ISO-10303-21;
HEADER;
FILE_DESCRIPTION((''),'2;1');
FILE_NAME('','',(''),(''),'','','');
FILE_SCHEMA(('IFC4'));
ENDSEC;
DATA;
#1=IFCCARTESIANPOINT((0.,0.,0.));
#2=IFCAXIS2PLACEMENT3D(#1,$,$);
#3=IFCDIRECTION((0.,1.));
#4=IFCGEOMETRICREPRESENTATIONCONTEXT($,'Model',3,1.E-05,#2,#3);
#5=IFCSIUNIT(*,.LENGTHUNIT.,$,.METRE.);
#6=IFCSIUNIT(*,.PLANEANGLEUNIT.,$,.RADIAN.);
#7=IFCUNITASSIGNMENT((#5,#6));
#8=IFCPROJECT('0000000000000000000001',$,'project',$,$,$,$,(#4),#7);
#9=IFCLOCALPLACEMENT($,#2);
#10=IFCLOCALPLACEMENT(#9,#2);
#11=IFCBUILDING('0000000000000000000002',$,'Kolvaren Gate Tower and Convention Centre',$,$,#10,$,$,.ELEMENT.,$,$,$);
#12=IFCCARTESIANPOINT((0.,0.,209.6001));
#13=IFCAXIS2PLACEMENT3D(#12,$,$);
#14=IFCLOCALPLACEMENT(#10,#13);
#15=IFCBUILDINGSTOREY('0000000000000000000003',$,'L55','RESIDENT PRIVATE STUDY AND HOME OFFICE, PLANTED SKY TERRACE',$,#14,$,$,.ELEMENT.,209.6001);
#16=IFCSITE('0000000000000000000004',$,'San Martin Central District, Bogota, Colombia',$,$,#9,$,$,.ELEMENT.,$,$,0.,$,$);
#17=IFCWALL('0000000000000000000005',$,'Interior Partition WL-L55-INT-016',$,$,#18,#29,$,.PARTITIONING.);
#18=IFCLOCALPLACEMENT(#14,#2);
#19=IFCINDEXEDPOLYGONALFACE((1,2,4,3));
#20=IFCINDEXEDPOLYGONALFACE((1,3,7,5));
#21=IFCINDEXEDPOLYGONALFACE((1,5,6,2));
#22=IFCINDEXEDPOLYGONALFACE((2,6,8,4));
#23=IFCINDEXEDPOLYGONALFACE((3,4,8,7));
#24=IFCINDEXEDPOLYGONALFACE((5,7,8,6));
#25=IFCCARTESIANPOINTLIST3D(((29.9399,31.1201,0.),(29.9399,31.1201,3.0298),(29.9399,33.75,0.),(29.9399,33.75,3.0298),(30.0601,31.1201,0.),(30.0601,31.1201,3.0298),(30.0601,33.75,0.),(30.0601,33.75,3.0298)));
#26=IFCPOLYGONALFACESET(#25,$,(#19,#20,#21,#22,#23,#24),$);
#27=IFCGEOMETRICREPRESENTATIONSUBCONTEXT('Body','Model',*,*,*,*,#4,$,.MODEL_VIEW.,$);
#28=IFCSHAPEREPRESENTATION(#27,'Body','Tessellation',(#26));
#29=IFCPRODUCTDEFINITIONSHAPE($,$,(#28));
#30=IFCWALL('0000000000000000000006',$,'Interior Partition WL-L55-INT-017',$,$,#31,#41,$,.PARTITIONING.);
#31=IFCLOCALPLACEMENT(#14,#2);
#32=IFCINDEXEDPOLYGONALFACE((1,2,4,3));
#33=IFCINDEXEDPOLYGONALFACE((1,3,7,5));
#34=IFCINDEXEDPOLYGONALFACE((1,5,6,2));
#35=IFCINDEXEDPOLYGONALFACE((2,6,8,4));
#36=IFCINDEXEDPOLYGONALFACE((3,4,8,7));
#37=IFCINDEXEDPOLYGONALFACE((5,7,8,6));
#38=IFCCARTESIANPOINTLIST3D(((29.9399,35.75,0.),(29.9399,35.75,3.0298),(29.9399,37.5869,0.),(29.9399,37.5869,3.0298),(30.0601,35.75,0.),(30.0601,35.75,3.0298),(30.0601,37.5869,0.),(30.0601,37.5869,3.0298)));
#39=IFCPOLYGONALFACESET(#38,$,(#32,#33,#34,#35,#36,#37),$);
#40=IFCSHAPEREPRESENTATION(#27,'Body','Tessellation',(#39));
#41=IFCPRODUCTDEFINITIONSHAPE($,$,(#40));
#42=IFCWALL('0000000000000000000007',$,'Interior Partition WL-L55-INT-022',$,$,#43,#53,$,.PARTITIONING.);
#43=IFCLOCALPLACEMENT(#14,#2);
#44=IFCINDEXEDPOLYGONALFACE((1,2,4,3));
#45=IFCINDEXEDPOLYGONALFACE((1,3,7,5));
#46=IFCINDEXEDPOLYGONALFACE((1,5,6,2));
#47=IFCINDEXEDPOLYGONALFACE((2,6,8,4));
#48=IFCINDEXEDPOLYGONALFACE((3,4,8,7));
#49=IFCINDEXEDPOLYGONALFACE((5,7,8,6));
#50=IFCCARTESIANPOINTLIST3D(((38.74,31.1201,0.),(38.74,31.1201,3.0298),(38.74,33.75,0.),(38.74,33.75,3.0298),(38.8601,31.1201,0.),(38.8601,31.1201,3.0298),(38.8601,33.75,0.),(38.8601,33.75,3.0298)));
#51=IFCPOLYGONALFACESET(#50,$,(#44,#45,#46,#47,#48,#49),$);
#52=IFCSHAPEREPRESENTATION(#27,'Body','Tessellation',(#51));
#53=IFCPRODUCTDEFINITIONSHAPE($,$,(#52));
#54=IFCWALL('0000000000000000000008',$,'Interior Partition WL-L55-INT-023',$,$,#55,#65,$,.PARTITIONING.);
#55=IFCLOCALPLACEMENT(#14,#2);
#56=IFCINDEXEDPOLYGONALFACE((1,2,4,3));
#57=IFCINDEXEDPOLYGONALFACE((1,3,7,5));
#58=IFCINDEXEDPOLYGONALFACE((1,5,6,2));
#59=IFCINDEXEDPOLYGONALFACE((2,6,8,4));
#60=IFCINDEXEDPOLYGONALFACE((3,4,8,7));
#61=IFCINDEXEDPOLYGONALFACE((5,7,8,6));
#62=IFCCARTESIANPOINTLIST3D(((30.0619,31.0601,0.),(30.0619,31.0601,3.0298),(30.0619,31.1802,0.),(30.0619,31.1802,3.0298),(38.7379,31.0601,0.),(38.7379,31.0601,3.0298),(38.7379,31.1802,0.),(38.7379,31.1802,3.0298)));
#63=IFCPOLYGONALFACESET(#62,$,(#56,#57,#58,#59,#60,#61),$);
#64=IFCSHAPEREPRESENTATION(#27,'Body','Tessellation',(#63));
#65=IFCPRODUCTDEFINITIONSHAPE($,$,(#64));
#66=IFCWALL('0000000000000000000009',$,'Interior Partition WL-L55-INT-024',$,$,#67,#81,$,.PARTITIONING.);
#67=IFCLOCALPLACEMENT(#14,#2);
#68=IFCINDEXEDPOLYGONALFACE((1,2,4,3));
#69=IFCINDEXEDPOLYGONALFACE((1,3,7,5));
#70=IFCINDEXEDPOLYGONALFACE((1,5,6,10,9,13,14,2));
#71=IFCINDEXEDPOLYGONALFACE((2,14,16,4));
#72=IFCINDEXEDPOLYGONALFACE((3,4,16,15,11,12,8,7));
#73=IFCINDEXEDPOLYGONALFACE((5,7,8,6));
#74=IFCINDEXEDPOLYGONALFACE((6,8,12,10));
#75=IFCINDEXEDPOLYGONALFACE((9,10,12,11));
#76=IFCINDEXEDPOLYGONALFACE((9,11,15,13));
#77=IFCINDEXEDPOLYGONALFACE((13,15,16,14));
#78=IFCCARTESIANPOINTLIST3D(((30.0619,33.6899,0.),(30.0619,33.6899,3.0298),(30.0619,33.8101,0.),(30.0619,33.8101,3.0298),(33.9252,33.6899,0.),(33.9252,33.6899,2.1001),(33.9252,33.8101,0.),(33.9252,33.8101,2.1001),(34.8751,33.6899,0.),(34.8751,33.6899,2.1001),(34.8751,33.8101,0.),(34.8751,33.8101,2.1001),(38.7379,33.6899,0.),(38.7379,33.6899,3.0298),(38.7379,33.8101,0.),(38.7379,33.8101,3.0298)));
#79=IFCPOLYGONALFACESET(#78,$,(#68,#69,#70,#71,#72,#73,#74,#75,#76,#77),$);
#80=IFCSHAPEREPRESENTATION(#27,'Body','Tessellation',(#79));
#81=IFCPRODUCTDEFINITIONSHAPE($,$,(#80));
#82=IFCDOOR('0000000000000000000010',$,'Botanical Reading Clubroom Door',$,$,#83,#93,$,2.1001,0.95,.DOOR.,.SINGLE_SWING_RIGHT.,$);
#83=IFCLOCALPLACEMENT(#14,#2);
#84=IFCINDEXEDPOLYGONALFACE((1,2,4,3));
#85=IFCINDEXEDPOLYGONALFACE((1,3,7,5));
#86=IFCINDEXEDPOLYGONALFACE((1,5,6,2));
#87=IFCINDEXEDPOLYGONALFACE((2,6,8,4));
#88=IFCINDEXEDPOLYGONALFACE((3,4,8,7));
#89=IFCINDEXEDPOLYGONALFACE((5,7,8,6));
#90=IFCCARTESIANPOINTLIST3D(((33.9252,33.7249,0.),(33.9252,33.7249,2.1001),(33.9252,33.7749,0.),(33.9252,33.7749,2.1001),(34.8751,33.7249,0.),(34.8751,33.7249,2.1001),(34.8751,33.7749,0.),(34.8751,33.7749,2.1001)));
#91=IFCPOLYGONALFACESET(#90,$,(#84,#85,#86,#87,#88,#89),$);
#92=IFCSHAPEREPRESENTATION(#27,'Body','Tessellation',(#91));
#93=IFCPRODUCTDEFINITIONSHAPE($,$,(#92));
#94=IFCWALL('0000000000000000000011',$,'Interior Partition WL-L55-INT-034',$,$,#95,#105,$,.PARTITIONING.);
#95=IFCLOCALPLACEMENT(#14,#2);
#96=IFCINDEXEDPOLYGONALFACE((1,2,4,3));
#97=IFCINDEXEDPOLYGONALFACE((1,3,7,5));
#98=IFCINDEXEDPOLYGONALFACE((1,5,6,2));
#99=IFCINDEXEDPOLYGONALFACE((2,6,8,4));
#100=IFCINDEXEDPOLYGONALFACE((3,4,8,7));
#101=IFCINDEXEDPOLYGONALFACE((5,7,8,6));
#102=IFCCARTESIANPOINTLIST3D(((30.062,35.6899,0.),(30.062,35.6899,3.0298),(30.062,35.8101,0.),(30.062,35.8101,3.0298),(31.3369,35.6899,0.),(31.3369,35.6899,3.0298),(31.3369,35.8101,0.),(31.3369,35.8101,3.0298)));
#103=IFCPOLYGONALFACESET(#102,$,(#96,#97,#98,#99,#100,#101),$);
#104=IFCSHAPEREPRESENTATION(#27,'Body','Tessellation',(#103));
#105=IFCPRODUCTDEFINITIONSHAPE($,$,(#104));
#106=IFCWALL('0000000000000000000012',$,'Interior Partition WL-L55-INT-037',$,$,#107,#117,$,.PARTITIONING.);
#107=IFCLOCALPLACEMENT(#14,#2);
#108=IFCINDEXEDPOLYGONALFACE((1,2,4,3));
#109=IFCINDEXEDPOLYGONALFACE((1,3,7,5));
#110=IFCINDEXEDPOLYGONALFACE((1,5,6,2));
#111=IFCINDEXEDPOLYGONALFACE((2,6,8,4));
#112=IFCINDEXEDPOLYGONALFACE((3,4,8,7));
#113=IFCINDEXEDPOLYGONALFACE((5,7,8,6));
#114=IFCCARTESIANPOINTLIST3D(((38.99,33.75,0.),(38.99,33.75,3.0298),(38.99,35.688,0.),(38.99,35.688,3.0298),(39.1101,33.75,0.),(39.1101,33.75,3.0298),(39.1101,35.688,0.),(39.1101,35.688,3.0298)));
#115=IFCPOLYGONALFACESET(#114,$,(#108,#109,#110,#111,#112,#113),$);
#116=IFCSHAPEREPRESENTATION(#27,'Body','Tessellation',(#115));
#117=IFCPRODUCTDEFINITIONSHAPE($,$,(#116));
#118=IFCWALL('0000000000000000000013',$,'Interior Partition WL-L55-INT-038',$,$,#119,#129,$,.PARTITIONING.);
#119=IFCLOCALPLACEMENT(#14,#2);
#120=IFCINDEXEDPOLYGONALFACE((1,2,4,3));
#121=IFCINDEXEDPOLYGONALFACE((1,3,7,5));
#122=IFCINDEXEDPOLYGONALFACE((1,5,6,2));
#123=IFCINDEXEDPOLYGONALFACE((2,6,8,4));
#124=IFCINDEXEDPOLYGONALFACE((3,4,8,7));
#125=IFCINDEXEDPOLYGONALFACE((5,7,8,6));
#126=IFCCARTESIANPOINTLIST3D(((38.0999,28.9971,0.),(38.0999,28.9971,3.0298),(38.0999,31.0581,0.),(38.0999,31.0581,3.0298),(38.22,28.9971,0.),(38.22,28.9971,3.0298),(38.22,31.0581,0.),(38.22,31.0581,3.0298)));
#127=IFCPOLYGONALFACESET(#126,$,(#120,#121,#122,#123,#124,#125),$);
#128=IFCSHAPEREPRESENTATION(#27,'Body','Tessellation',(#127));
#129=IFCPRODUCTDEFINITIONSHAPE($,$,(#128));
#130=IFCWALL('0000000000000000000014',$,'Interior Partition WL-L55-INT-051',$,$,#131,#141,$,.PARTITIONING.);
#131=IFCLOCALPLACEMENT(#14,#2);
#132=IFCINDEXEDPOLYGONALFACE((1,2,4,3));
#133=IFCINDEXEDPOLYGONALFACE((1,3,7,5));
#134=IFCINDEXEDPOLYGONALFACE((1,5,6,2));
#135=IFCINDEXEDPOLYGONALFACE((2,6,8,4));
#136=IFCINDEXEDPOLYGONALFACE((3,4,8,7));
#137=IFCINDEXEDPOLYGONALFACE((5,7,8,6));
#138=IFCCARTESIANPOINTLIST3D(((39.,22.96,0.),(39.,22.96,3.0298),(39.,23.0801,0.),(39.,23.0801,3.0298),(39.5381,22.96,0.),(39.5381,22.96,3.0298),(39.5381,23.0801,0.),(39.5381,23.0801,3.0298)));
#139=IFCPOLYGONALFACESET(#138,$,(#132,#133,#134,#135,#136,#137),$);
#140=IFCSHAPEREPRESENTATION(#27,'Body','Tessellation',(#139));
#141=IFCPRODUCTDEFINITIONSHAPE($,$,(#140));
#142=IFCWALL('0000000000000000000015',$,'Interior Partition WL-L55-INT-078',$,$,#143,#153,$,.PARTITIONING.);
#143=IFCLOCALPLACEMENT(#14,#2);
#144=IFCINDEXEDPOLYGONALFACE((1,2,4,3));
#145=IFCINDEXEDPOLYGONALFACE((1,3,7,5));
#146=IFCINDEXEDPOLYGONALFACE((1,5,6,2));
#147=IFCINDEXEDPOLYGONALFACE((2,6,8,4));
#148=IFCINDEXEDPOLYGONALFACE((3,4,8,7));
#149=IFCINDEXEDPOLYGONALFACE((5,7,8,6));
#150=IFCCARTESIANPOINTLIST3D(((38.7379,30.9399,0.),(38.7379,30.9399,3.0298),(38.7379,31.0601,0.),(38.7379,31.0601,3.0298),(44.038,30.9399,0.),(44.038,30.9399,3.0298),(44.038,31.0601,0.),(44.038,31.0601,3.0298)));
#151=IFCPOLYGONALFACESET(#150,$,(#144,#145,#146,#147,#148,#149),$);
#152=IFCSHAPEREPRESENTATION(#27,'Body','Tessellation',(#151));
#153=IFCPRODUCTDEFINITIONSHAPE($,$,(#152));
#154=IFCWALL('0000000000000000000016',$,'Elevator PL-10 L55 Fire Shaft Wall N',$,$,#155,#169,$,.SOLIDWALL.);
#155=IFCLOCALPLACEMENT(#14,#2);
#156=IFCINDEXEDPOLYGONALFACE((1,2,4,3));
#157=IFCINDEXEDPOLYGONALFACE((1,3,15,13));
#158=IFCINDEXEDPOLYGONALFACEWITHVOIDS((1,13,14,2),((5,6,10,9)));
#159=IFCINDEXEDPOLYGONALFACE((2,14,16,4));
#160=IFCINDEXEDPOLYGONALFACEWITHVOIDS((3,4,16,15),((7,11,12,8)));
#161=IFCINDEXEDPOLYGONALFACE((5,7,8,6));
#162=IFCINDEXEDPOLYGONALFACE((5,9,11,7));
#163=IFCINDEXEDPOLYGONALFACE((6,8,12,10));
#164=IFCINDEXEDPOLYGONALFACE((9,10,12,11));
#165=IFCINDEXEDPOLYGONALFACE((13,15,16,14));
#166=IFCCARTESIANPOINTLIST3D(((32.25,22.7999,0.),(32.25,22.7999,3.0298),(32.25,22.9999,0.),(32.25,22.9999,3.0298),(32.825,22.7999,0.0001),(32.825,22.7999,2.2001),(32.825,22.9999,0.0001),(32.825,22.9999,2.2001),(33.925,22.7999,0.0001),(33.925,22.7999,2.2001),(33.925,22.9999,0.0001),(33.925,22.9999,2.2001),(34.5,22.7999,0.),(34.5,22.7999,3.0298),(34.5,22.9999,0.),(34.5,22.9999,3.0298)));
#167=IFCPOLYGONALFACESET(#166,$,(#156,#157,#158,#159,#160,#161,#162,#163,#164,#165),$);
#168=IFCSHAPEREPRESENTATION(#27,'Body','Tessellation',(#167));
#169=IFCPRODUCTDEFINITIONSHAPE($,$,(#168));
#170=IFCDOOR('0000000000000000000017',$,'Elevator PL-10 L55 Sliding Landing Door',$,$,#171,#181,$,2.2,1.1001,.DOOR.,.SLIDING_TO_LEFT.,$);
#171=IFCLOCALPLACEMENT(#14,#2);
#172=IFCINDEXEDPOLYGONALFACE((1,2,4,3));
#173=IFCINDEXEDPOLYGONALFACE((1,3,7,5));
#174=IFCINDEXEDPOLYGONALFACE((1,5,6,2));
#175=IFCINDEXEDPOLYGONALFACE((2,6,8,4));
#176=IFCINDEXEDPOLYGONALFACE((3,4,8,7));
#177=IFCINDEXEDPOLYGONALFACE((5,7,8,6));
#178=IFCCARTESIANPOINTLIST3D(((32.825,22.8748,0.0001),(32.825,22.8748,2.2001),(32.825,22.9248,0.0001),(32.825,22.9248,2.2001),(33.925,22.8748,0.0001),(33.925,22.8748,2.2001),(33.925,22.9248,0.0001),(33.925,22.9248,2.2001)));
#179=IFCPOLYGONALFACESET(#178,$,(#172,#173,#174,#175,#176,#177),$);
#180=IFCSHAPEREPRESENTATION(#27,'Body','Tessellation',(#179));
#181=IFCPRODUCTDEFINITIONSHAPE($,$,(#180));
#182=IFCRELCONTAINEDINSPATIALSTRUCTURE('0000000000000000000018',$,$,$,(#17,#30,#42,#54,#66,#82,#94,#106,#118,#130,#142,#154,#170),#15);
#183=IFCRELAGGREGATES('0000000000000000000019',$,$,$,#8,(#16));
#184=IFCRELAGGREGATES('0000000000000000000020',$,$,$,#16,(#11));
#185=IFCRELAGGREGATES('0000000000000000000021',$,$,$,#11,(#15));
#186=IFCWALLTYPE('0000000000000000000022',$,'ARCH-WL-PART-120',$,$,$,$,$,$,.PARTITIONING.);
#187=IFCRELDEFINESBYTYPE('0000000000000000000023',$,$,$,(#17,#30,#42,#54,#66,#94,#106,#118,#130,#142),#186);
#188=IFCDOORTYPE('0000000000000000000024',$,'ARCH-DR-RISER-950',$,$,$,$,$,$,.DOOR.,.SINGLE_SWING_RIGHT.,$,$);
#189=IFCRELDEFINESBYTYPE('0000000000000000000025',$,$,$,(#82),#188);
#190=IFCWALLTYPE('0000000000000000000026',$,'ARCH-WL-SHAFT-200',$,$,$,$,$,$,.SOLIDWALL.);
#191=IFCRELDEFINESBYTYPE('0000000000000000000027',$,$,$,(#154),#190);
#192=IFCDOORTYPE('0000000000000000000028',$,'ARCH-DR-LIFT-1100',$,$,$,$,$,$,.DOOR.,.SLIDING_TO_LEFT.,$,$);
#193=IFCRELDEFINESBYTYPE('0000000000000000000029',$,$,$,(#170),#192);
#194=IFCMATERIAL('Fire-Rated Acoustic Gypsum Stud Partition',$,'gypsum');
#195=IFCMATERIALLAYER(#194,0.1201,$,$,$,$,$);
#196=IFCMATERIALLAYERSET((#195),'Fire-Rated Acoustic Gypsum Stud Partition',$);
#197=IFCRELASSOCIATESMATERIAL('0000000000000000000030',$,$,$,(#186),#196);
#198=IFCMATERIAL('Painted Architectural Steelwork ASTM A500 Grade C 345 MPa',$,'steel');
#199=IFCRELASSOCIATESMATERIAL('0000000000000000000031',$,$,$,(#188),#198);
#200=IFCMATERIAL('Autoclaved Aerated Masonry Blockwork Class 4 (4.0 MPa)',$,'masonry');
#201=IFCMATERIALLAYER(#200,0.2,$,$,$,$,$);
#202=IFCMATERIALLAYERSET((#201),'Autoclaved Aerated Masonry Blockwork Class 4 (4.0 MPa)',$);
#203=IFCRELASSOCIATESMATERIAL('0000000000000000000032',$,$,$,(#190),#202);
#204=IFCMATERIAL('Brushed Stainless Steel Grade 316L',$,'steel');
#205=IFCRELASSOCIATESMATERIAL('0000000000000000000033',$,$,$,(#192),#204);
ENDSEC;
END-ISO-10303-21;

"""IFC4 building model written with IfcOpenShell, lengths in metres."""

from ifc_helpers import new_model, si_unit, direction, frame, frame_2d, origin, place, context, subcontext, project, spatial, rectangle, extrude, material, layer, layer_set, type_object, element, fill, save


model = new_model("IFC4")

# Units and contexts
model_context = context("Model", 3, precision=1e-05, world=origin(), true_north=direction((0.0, 1.0)))
body_context = subcontext(model_context, "Body", "Model", "MODEL_VIEW")
ifc_project = project(units=[si_unit("LENGTHUNIT", "METRE"), si_unit("PLANEANGLEUNIT", "RADIAN")], contexts=[model_context])

# Site, building, storey
site_placement = place(None, origin())
site = spatial("IfcSite", under=ifc_project, at=site_placement, Name="San Martin Central District, Bogota, Colombia", CompositionType="ELEMENT", RefElevation=0.0)
building_placement = place(site_placement, origin())
building = spatial("IfcBuilding", under=site, at=building_placement, Name="Kolvaren Gate Tower and Convention Centre", CompositionType="ELEMENT")
storey_placement = place(building_placement, frame((0.0, 0.0, 209.6001)))
storey = spatial("IfcBuildingStorey", under=building, at=storey_placement, Name="L55", Description="RESIDENT PRIVATE STUDY AND HOME OFFICE, PLANTED SKY TERRACE", CompositionType="ELEMENT", Elevation=209.6001)

# Walls
ifc_material_1 = material(Name="Fire-Rated Acoustic Gypsum Stud Partition", Category="gypsum")
ifc_layer_1 = layer(ifc_material_1, 0.1201)
ifc_layer_set_1 = layer_set([ifc_layer_1], Name="Fire-Rated Acoustic Gypsum Stud Partition")
wall_type_1 = type_object("IfcWallType", Name="ARCH-WL-PART-120", PredefinedType="PARTITIONING", material=ifc_layer_set_1)
wall_1_placement = place(storey_placement, frame((30.0, 31.1201, 0.0), z_axis=(0.0, 0.0, 1.0), x_axis=(0.0, 1.0, 0.0)))
element("IfcWall", 1, at=wall_1_placement, inside=storey, type_object=wall_type_1, Name="Interior Partition WL-L55-INT-016", PredefinedType="PARTITIONING", context=body_context, shape_type="SweptSolid", body=[
    extrude(rectangle(XDim=2.6299, YDim=0.1201, at=frame_2d((1.3149, 0.0))), origin(), (0.0, 0.0, 1.0), 3.0298),
])
wall_2_placement = place(storey_placement, frame((30.0, 35.75, 0.0), z_axis=(0.0, 0.0, 1.0), x_axis=(0.0, 1.0, 0.0)))
element("IfcWall", 2, at=wall_2_placement, inside=storey, type_object=wall_type_1, Name="Interior Partition WL-L55-INT-017", PredefinedType="PARTITIONING", context=body_context, shape_type="SweptSolid", body=[
    extrude(rectangle(XDim=1.8369, YDim=0.1201, at=frame_2d((0.9185, 0.0))), origin(), (0.0, 0.0, 1.0), 3.0298),
])
wall_3_placement = place(storey_placement, frame((38.8, 31.1201, 0.0), z_axis=(0.0, 0.0, 1.0), x_axis=(0.0, 1.0, 0.0)))
element("IfcWall", 3, at=wall_3_placement, inside=storey, type_object=wall_type_1, Name="Interior Partition WL-L55-INT-022", PredefinedType="PARTITIONING", context=body_context, shape_type="SweptSolid", body=[
    extrude(rectangle(XDim=2.6299, YDim=0.1201, at=frame_2d((1.3149, 0.0))), origin(), (0.0, 0.0, 1.0), 3.0298),
])
wall_4_placement = place(storey_placement, frame((30.062, 31.1201, 0.0), z_axis=(0.0, 0.0, 1.0), x_axis=(1.0, 0.0, 0.0)))
element("IfcWall", 4, at=wall_4_placement, inside=storey, type_object=wall_type_1, Name="Interior Partition WL-L55-INT-023", PredefinedType="PARTITIONING", context=body_context, shape_type="SweptSolid", body=[
    extrude(rectangle(XDim=8.676, YDim=0.1201, at=frame_2d((4.3379, 0.0))), origin(), (0.0, 0.0, 1.0), 3.0298),
])

# Wall, opening, door
wall_5_placement = place(storey_placement, frame((30.062, 33.75, 0.0), z_axis=(0.0, 0.0, 1.0), x_axis=(1.0, 0.0, 0.0)))
wall_5 = element("IfcWall", 5, at=wall_5_placement, inside=storey, type_object=wall_type_1, Name="Interior Partition WL-L55-INT-024", PredefinedType="PARTITIONING", context=body_context, shape_type="SweptSolid", body=[
    extrude(rectangle(XDim=8.676, YDim=0.1201, at=frame_2d((4.3379, 0.0))), origin(), (0.0, 0.0, 1.0), 3.0298),
])
opening_1_placement = place(wall_5_placement, frame((3.863, 0.0, 0.0)))
opening_1 = element("IfcOpeningElement", 6, at=opening_1_placement, cuts=wall_5, PredefinedType="OPENING", context=body_context, shape_type="SweptSolid", body=[
    extrude(rectangle(XDim=0.95, YDim=2.1001, at=frame_2d((0.4751, 1.05))), frame((0.0, 0.0701, 0.0), z_axis=(0.0, -1.0, 0.0), x_axis=(1.0, 0.0, 0.0)), (0.0, 0.0, 1.0), 0.1401),
])
ifc_material_2 = material(Name="Painted Architectural Steelwork ASTM A500 Grade C 345 MPa", Category="steel")
door_type_1 = type_object("IfcDoorType", Name="ARCH-DR-RISER-950", OperationType="SINGLE_SWING_RIGHT", PredefinedType="DOOR", material=ifc_material_2)
door_1_placement = place(opening_1_placement, origin())
door_1 = element("IfcDoor", 7, at=door_1_placement, inside=storey, type_object=door_type_1, Name="Botanical Reading Clubroom Door", OperationType="SINGLE_SWING_RIGHT", OverallHeight=2.1001, OverallWidth=0.95, PredefinedType="DOOR", context=body_context, shape_type="SweptSolid", body=[
    extrude(rectangle(XDim=0.95, YDim=2.1001, at=frame_2d((0.4751, 1.05))), frame((0.0, 0.0249, 0.0), z_axis=(0.0, -1.0, 0.0), x_axis=(1.0, 0.0, 0.0)), (0.0, 0.0, 1.0), 0.05),
])
fill(opening_1, door_1)

# Walls
wall_6_placement = place(storey_placement, frame((30.062, 35.75, 0.0), z_axis=(0.0, 0.0, 1.0), x_axis=(1.0, 0.0, 0.0)))
element("IfcWall", 8, at=wall_6_placement, inside=storey, type_object=wall_type_1, Name="Interior Partition WL-L55-INT-034", PredefinedType="PARTITIONING", context=body_context, shape_type="SweptSolid", body=[
    extrude(rectangle(XDim=1.2749, YDim=0.1201, at=frame_2d((0.6375, 0.0))), origin(), (0.0, 0.0, 1.0), 3.0298),
])
wall_7_placement = place(storey_placement, frame((39.05, 33.75, 0.0), z_axis=(0.0, 0.0, 1.0), x_axis=(0.0, 1.0, 0.0)))
element("IfcWall", 9, at=wall_7_placement, inside=storey, type_object=wall_type_1, Name="Interior Partition WL-L55-INT-037", PredefinedType="PARTITIONING", context=body_context, shape_type="SweptSolid", body=[
    extrude(rectangle(XDim=1.938, YDim=0.1201, at=frame_2d((0.969, 0.0))), origin(), (0.0, 0.0, 1.0), 3.0298),
])
wall_8_placement = place(storey_placement, frame((38.1599, 28.9971, 0.0), z_axis=(0.0, 0.0, 1.0), x_axis=(0.0, 1.0, 0.0)))
element("IfcWall", 10, at=wall_8_placement, inside=storey, type_object=wall_type_1, Name="Interior Partition WL-L55-INT-038", PredefinedType="PARTITIONING", context=body_context, shape_type="SweptSolid", body=[
    extrude(rectangle(XDim=2.061, YDim=0.1201, at=frame_2d((1.0305, 0.0))), origin(), (0.0, 0.0, 1.0), 3.0298),
])
wall_9_placement = place(storey_placement, frame((39.0, 23.02, 0.0), z_axis=(0.0, 0.0, 1.0), x_axis=(1.0, 0.0, 0.0)))
element("IfcWall", 11, at=wall_9_placement, inside=storey, type_object=wall_type_1, Name="Interior Partition WL-L55-INT-051", PredefinedType="PARTITIONING", context=body_context, shape_type="SweptSolid", body=[
    extrude(rectangle(XDim=0.5381, YDim=0.1201, at=frame_2d((0.269, 0.0))), origin(), (0.0, 0.0, 1.0), 3.0298),
])
wall_10_placement = place(storey_placement, frame((38.738, 31.0, 0.0), z_axis=(0.0, 0.0, 1.0), x_axis=(1.0, 0.0, 0.0)))
element("IfcWall", 12, at=wall_10_placement, inside=storey, type_object=wall_type_1, Name="Interior Partition WL-L55-INT-078", PredefinedType="PARTITIONING", context=body_context, shape_type="SweptSolid", body=[
    extrude(rectangle(XDim=5.3, YDim=0.1201, at=frame_2d((2.6499, 0.0))), origin(), (0.0, 0.0, 1.0), 3.0298),
])

# Wall, opening, door
ifc_material_3 = material(Name="Autoclaved Aerated Masonry Blockwork Class 4 (4.0 MPa)", Category="masonry")
ifc_layer_2 = layer(ifc_material_3, 0.2)
ifc_layer_set_2 = layer_set([ifc_layer_2], Name="Autoclaved Aerated Masonry Blockwork Class 4 (4.0 MPa)")
wall_type_2 = type_object("IfcWallType", Name="ARCH-WL-SHAFT-200", PredefinedType="SOLIDWALL", material=ifc_layer_set_2)
wall_11_placement = place(storey_placement, frame((32.25, 22.8999, 0.0), z_axis=(0.0, 0.0, 1.0), x_axis=(1.0, 0.0, 0.0)))
wall_11 = element("IfcWall", 13, at=wall_11_placement, inside=storey, type_object=wall_type_2, Name="Elevator PL-10 L55 Fire Shaft Wall N", PredefinedType="SOLIDWALL", context=body_context, shape_type="SweptSolid", body=[
    extrude(rectangle(XDim=2.25, YDim=0.2, at=frame_2d((1.125, 0.0))), origin(), (0.0, 0.0, 1.0), 3.0298),
])
opening_2_placement = place(wall_11_placement, frame((0.575, 0.0, 0.0)))
opening_2 = element("IfcOpeningElement", 14, at=opening_2_placement, cuts=wall_11, PredefinedType="OPENING", context=body_context, shape_type="SweptSolid", body=[
    extrude(rectangle(XDim=1.1001, YDim=2.2, at=frame_2d((0.55, 1.1001))), frame((0.0, 0.1099, 0.0), z_axis=(0.0, -1.0, 0.0), x_axis=(1.0, 0.0, 0.0)), (0.0, 0.0, 1.0), 0.22),
])
ifc_material_4 = material(Name="Brushed Stainless Steel Grade 316L", Category="steel")
door_type_2 = type_object("IfcDoorType", Name="ARCH-DR-LIFT-1100", OperationType="SLIDING_TO_LEFT", PredefinedType="DOOR", material=ifc_material_4)
door_2_placement = place(opening_2_placement, origin())
door_2 = element("IfcDoor", 15, at=door_2_placement, inside=storey, type_object=door_type_2, Name="Elevator PL-10 L55 Sliding Landing Door", OperationType="SLIDING_TO_LEFT", OverallHeight=2.2, OverallWidth=1.1001, PredefinedType="DOOR", context=body_context, shape_type="SweptSolid", body=[
    extrude(rectangle(XDim=1.1001, YDim=2.2, at=frame_2d((0.55, 1.1001))), frame((0.0, 0.0249, 0.0), z_axis=(0.0, -1.0, 0.0), x_axis=(1.0, 0.0, 0.0)), (0.0, 0.0, 1.0), 0.05),
])
fill(opening_2, door_2)

save(model, "model.ifc")
